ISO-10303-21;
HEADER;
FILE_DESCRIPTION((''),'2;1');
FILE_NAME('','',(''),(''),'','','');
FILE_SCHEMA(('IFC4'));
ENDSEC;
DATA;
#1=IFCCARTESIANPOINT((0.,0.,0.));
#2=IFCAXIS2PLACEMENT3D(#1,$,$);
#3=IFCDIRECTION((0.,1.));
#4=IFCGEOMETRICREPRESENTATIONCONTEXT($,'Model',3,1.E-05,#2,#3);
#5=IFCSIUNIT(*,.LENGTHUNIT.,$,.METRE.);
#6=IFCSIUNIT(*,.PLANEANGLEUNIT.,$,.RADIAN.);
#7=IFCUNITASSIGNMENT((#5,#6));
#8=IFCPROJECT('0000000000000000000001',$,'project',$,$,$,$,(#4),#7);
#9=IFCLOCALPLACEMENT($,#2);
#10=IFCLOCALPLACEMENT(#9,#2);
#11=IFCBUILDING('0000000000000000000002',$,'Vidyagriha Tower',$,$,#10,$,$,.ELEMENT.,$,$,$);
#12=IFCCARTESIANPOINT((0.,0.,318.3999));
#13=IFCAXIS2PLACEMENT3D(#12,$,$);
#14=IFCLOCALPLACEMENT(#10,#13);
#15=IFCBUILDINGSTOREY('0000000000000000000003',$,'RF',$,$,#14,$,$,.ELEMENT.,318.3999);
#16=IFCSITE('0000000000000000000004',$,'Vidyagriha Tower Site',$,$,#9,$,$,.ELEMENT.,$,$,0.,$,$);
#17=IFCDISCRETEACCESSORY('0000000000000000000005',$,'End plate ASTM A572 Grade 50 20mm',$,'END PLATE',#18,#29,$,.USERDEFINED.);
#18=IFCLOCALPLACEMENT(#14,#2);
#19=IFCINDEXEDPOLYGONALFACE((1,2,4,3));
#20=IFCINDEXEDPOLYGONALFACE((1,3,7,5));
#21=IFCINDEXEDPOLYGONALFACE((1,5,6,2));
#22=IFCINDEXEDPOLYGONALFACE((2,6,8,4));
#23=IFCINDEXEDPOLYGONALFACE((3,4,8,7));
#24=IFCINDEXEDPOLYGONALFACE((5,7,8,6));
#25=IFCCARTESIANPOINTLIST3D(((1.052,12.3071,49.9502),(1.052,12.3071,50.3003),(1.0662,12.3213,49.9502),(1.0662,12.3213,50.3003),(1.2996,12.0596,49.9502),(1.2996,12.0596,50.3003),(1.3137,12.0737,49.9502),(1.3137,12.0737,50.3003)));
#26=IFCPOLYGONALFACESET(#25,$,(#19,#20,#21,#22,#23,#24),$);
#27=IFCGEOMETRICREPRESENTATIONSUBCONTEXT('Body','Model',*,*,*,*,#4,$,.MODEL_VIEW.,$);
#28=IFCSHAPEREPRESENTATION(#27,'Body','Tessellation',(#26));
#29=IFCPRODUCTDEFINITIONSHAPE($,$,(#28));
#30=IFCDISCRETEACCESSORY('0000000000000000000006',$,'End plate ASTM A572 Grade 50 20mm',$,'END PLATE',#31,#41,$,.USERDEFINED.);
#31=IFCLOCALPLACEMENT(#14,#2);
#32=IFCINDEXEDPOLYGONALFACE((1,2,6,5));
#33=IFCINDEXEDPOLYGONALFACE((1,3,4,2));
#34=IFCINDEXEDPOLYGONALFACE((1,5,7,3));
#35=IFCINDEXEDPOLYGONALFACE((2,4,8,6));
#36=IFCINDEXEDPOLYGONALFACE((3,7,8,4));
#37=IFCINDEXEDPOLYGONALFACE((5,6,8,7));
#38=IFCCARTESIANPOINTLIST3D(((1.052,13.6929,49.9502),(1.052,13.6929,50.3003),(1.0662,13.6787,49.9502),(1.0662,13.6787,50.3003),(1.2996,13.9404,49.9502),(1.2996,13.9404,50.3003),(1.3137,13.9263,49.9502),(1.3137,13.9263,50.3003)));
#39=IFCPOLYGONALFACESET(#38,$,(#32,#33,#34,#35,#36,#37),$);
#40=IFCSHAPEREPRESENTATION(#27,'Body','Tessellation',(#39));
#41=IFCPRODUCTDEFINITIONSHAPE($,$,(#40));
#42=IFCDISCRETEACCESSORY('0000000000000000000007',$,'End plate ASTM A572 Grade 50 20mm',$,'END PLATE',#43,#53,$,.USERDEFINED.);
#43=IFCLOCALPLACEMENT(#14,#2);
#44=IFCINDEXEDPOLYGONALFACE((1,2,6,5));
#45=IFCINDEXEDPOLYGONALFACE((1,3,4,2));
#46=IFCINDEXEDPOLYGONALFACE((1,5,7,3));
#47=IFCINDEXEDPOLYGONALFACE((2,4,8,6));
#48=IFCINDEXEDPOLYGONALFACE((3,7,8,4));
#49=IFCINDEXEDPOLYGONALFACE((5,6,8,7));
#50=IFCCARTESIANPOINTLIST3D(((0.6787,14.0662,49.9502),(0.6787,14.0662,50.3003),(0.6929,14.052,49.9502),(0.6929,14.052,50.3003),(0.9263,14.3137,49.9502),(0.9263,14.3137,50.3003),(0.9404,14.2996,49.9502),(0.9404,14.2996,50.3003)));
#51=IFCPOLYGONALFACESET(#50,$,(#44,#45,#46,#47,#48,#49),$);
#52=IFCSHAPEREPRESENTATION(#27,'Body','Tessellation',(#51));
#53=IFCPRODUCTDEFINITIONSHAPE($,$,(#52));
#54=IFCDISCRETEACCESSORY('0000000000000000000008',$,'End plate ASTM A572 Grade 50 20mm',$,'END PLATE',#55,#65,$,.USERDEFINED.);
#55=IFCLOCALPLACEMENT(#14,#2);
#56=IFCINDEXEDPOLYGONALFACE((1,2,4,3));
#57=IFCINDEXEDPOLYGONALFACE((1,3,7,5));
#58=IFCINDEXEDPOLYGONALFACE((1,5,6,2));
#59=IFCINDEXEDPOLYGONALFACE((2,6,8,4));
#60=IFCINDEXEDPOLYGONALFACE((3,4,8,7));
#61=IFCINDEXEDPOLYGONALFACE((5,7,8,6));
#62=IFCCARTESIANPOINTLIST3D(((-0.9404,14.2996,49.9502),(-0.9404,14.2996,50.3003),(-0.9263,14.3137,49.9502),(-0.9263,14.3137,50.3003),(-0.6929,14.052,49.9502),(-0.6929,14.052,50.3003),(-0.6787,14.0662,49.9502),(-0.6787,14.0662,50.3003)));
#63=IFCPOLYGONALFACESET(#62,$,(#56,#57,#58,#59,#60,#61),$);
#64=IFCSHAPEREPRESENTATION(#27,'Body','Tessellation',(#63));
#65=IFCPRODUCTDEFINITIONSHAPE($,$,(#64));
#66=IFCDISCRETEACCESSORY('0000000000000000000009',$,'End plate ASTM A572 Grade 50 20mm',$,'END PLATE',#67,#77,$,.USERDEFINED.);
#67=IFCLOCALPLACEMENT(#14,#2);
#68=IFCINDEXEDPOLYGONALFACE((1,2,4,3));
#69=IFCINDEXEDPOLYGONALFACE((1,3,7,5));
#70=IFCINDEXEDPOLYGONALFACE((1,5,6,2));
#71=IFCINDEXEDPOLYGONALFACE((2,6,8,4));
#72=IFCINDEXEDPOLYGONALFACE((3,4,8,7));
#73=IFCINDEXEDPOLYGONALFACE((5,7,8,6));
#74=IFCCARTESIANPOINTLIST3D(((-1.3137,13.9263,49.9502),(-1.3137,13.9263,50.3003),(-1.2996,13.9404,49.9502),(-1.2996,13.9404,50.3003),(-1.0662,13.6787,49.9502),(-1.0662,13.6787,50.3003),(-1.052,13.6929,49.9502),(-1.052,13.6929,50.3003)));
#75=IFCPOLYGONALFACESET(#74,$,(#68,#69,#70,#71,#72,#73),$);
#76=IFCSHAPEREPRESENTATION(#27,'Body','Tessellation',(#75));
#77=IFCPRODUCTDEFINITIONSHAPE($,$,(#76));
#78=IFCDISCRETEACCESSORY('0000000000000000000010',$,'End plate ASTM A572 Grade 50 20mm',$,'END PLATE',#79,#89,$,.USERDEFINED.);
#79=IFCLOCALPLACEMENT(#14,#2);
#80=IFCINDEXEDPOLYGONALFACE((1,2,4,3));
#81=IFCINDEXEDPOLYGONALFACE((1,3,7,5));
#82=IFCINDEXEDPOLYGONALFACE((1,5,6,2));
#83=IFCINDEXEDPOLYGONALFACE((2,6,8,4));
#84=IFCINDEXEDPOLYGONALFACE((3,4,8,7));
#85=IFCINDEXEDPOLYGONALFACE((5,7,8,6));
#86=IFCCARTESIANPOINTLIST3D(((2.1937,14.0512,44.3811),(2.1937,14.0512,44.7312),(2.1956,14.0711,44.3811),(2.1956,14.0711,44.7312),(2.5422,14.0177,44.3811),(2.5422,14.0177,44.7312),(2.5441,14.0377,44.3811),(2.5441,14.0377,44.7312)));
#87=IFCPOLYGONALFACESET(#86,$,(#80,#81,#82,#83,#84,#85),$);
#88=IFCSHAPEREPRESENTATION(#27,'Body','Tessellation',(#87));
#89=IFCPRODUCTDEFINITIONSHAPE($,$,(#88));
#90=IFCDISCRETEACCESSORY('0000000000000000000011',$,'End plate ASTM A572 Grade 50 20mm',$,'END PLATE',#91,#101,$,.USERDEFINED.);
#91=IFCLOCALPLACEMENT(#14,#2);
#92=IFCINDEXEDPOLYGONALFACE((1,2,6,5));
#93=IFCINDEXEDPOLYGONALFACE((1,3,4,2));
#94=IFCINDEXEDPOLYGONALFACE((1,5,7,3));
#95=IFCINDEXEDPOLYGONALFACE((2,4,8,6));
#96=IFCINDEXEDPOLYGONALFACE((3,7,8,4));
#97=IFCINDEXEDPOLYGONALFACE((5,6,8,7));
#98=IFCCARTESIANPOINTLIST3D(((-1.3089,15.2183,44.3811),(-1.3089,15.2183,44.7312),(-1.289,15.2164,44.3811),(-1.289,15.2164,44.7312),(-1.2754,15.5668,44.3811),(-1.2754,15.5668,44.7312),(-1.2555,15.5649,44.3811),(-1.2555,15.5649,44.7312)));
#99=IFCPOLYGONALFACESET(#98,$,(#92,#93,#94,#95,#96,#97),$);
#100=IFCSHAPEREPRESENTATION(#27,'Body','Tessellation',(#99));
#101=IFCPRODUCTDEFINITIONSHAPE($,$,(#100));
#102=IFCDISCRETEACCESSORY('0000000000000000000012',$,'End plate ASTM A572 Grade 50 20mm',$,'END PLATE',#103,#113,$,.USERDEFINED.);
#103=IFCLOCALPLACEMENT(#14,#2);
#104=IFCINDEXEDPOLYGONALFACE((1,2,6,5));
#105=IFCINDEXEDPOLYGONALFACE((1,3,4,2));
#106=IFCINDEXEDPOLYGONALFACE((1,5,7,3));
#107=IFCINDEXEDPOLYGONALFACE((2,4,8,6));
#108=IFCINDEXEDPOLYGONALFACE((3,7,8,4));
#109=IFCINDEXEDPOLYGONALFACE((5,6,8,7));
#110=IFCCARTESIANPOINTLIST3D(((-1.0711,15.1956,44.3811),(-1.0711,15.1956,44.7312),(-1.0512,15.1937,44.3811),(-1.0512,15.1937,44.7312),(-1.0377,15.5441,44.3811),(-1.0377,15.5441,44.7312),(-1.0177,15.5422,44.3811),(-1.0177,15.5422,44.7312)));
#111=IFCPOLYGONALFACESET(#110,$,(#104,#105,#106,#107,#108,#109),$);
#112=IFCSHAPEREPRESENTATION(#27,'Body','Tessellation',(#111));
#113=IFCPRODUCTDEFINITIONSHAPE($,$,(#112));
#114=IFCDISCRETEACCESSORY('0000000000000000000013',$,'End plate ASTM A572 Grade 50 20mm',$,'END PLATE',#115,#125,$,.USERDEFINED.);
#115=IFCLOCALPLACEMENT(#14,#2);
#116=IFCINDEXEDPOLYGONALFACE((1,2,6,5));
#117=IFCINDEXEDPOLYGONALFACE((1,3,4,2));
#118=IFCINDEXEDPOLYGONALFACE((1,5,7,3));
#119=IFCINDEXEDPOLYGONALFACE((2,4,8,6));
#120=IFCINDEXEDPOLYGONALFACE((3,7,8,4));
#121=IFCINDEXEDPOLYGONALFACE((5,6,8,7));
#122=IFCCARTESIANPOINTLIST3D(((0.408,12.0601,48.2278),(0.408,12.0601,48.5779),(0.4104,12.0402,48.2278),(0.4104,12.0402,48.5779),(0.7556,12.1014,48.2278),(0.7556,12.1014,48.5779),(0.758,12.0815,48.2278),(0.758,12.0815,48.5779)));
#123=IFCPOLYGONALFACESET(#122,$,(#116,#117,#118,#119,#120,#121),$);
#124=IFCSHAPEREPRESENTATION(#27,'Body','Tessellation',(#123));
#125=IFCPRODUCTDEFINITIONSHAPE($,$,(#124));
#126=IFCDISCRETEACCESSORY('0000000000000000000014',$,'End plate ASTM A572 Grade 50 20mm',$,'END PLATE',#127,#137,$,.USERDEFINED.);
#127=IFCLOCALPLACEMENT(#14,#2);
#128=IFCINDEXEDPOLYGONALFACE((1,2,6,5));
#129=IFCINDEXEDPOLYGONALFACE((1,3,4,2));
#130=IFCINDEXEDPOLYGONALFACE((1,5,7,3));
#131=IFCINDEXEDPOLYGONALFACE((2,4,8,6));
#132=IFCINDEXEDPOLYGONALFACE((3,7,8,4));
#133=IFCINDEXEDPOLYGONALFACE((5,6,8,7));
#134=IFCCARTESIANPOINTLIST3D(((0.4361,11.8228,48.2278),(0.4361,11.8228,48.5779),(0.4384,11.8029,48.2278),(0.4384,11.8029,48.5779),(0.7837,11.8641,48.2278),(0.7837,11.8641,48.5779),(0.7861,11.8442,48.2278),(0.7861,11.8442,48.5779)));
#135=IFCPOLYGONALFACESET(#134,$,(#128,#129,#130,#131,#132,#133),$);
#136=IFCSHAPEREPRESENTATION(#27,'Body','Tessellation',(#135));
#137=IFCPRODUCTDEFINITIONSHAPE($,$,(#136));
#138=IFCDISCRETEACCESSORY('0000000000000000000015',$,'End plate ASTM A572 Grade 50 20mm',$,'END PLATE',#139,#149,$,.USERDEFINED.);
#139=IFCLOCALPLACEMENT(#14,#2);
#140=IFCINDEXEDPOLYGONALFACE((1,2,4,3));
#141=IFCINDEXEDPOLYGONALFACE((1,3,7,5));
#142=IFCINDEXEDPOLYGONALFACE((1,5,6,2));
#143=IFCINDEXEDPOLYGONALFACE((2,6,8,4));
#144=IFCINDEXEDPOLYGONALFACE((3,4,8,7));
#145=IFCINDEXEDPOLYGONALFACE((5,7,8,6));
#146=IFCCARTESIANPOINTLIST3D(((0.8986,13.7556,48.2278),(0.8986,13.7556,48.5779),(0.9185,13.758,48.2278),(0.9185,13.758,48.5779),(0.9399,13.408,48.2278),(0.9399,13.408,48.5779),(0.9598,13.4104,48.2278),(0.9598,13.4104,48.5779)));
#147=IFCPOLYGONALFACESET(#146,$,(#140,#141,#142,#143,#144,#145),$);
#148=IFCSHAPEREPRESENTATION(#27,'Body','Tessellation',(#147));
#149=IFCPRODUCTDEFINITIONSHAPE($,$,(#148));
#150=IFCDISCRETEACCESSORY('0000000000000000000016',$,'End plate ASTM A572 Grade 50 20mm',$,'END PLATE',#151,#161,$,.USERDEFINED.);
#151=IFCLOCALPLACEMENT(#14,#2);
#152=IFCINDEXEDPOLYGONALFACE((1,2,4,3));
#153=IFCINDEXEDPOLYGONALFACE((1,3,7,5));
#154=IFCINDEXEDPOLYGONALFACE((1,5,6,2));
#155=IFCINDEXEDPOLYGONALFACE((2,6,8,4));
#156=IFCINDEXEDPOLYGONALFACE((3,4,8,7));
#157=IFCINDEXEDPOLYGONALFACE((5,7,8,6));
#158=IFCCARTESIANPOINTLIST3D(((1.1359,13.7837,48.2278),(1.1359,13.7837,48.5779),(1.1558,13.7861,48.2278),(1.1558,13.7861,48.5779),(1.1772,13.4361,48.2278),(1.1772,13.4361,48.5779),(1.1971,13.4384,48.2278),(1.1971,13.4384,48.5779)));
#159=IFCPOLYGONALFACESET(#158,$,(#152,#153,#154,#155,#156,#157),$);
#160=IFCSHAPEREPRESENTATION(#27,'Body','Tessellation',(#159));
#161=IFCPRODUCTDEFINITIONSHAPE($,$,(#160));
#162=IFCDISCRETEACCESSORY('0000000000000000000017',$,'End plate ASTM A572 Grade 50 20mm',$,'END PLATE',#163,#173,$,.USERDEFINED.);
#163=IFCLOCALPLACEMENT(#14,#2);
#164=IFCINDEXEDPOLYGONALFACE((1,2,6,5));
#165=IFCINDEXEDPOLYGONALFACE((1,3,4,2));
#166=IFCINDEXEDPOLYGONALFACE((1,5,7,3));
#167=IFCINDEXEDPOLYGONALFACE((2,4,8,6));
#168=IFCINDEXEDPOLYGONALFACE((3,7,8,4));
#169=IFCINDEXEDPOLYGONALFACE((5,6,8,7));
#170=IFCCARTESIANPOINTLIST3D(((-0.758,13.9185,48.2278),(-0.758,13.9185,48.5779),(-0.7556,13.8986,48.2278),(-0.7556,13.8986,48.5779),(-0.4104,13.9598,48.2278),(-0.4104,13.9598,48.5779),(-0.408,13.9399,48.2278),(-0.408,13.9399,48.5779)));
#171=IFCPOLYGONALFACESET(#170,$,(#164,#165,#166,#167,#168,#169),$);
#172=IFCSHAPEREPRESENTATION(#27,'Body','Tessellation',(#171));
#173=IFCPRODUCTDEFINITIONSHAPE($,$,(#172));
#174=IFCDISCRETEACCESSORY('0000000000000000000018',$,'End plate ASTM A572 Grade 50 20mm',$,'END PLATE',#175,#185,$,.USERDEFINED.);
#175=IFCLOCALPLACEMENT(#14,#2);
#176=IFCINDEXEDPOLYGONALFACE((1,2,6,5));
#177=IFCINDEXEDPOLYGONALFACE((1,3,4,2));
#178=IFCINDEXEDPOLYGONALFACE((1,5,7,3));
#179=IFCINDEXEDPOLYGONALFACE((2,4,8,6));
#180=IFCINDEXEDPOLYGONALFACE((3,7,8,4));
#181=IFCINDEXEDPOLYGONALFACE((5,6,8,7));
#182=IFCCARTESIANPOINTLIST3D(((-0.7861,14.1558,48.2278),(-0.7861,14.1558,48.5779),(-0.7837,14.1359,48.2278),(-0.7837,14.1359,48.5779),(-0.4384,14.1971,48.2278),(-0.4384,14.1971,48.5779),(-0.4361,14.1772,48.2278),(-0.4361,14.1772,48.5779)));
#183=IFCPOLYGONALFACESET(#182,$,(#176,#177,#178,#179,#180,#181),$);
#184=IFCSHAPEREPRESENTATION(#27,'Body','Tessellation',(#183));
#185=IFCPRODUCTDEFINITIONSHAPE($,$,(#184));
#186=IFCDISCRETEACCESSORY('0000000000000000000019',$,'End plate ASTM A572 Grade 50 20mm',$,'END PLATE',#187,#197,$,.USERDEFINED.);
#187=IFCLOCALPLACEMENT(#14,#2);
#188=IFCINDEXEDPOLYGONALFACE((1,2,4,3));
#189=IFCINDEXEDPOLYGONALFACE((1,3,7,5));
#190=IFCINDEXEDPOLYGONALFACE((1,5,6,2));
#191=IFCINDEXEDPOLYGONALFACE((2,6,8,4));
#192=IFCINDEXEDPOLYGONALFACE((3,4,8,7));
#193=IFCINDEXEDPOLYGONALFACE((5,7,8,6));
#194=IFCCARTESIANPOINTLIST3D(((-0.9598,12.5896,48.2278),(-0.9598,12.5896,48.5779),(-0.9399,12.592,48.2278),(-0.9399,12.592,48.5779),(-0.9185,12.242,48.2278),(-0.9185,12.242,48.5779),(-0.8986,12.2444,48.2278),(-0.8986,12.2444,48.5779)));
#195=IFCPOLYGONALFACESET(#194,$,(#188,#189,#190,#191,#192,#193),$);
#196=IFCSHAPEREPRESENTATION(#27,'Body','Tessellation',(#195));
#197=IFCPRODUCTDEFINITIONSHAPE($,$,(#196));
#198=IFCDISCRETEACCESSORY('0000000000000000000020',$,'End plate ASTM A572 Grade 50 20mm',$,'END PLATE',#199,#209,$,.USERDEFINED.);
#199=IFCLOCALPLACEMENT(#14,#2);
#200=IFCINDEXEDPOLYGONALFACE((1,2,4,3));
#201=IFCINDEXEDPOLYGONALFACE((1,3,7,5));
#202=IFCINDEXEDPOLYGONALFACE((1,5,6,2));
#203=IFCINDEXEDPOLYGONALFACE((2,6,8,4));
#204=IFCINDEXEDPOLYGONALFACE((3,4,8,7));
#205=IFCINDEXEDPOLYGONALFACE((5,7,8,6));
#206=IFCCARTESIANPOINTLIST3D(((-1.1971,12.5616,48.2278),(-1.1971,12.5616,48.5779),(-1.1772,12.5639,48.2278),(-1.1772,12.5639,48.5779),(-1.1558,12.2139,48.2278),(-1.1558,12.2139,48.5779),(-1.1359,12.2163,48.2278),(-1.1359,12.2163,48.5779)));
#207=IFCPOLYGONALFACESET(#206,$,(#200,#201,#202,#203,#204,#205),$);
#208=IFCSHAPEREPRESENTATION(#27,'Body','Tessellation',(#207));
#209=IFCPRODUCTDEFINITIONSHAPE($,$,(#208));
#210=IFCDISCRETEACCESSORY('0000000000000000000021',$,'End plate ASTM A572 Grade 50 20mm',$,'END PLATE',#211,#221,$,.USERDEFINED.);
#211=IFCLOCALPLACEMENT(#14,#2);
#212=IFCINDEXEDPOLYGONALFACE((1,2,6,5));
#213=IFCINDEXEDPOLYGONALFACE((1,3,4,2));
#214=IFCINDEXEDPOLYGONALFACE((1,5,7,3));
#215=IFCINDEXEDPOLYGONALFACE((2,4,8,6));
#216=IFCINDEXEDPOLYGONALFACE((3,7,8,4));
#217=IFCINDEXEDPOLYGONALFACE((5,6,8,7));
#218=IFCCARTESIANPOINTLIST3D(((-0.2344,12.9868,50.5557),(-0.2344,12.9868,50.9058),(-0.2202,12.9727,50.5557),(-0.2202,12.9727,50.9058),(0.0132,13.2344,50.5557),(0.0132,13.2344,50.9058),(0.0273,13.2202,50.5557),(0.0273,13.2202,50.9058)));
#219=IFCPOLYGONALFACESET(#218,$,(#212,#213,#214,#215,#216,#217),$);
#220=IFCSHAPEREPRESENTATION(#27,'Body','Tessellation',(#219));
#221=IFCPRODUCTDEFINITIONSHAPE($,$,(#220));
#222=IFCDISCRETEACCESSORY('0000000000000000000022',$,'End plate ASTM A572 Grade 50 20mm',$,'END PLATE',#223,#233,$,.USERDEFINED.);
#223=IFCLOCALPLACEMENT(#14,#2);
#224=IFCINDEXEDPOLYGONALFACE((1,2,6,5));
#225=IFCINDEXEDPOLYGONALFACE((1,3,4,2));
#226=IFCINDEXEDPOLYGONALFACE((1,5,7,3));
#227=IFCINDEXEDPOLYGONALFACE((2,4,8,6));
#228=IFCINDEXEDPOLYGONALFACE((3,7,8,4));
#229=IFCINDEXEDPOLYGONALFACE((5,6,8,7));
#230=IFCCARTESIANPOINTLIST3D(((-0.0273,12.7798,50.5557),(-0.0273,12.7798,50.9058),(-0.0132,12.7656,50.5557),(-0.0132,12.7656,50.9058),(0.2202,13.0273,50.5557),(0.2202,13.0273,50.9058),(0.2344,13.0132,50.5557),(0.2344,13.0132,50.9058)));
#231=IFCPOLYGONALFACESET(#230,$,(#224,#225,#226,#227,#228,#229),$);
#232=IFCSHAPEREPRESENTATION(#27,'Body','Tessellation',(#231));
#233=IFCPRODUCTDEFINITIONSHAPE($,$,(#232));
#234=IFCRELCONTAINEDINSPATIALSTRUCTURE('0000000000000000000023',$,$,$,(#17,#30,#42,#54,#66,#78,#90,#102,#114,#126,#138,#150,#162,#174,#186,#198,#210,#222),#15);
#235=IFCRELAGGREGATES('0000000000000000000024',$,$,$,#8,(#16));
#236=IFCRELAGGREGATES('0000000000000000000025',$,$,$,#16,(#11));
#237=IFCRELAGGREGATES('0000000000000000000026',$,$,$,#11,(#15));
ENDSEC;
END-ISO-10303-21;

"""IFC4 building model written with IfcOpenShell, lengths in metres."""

from ifc_helpers import new_model, si_unit, direction, frame, origin, origin_2d, place, context, subcontext, project, spatial, rectangle, extrude, element, save


model = new_model("IFC4")

# Units and contexts
model_context = context("Model", 3, precision=1e-05, world=origin(), true_north=direction((0.0, 1.0)))
body_context = subcontext(model_context, "Body", "Model", "MODEL_VIEW")
ifc_project = project(units=[si_unit("LENGTHUNIT", "METRE"), si_unit("PLANEANGLEUNIT", "RADIAN")], contexts=[model_context])

# Site, building, storey
site_placement = place(None, origin())
site = spatial("IfcSite", under=ifc_project, at=site_placement, Name="Vidyagriha Tower Site", CompositionType="ELEMENT", RefElevation=0.0)
building_placement = place(site_placement, origin())
building = spatial("IfcBuilding", under=site, at=building_placement, Name="Vidyagriha Tower", CompositionType="ELEMENT")
storey_placement = place(building_placement, frame((0.0, 0.0, 318.3999)))
storey = spatial("IfcBuildingStorey", under=building, at=storey_placement, Name="RF", CompositionType="ELEMENT", Elevation=318.3999)

# Discrete accessories
for number, where, z_axis, x_axis, name in (
    (1, (1.1829, 12.1904, 49.9502), (0.0, 0.0, 1.0), (-0.707107, 0.707107, 0.0), "End plate ASTM A572 Grade 50 20mm"),
    (2, (1.1829, 13.8096, 49.9502), (0.0, 0.0, 1.0), (-0.707107, -0.707107, 0.0), "End plate ASTM A572 Grade 50 20mm"),
    (3, (0.8096, 14.1829, 49.9502), (0.0, 0.0, 1.0), (-0.707107, -0.707107, 0.0), "End plate ASTM A572 Grade 50 20mm"),
    (4, (-0.8096, 14.1829, 49.9502), (0.0, 0.0, 1.0), (0.707107, -0.707107, 0.0), "End plate ASTM A572 Grade 50 20mm"),
    (5, (-1.1829, 13.8096, 49.9502), (0.0, 0.0, 1.0), (0.707107, -0.707107, 0.0), "End plate ASTM A572 Grade 50 20mm"),
    (6, (2.3689, 14.0444, 44.3811), (0.0, 0.0, 1.0), (0.995414, -0.095662, 0.0), "End plate ASTM A572 Grade 50 20mm"),
    (7, (-1.2822, 15.3916, 44.3811), (0.0, 0.0, 1.0), (0.095662, 0.995414, 0.0), "End plate ASTM A572 Grade 50 20mm"),
    (8, (-1.0444, 15.3689, 44.3811), (0.0, 0.0, 1.0), (0.095662, 0.995414, 0.0), "End plate ASTM A572 Grade 50 20mm"),
    (9, (0.583, 12.0708, 48.2278), (0.0, 0.0, 1.0), (0.992996, 0.118149, 0.0), "End plate ASTM A572 Grade 50 20mm"),
    (10, (0.6111, 11.8335, 48.2278), (0.0, 0.0, 1.0), (0.992996, 0.118149, 0.0), "End plate ASTM A572 Grade 50 20mm"),
    (11, (0.9292, 13.583, 48.2278), (0.0, 0.0, 1.0), (-0.118149, 0.992996, 0.0), "End plate ASTM A572 Grade 50 20mm"),
    (12, (1.1665, 13.6111, 48.2278), (0.0, 0.0, 1.0), (-0.118149, 0.992996, 0.0), "End plate ASTM A572 Grade 50 20mm"),
    (13, (-0.583, 13.9292, 48.2278), (0.0, 0.0, 1.0), (-0.992996, -0.118149, 0.0), "End plate ASTM A572 Grade 50 20mm"),
    (14, (-0.6111, 14.1665, 48.2278), (0.0, 0.0, 1.0), (-0.992996, -0.118149, 0.0), "End plate ASTM A572 Grade 50 20mm"),
    (15, (-0.9292, 12.417, 48.2278), (0.0, 0.0, 1.0), (0.118149, -0.992996, 0.0), "End plate ASTM A572 Grade 50 20mm"),
    (16, (-1.1665, 12.3889, 48.2278), (0.0, 0.0, 1.0), (0.118149, -0.992996, 0.0), "End plate ASTM A572 Grade 50 20mm"),
    (17, (-0.1035, 13.1035, 50.5557), (0.0, 0.0, 1.0), (0.707107, 0.707107, 0.0), "End plate ASTM A572 Grade 50 20mm"),
    (18, (0.1035, 12.8965, 50.5557), (0.0, 0.0, 1.0), (0.707107, 0.707107, 0.0), "End plate ASTM A572 Grade 50 20mm"),
):
    element("IfcDiscreteAccessory", number, at=place(storey_placement, frame(where, z_axis=z_axis, x_axis=x_axis)), inside=storey, Name=name, ObjectType="END PLATE", PredefinedType="USERDEFINED", context=body_context, shape_type="SweptSolid", body=[
        extrude(rectangle(XDim=0.3501, YDim=0.02, at=origin_2d()), origin(), (0.0, 0.0, 1.0), 0.3501),
    ])

save(model, "model.ifc")
